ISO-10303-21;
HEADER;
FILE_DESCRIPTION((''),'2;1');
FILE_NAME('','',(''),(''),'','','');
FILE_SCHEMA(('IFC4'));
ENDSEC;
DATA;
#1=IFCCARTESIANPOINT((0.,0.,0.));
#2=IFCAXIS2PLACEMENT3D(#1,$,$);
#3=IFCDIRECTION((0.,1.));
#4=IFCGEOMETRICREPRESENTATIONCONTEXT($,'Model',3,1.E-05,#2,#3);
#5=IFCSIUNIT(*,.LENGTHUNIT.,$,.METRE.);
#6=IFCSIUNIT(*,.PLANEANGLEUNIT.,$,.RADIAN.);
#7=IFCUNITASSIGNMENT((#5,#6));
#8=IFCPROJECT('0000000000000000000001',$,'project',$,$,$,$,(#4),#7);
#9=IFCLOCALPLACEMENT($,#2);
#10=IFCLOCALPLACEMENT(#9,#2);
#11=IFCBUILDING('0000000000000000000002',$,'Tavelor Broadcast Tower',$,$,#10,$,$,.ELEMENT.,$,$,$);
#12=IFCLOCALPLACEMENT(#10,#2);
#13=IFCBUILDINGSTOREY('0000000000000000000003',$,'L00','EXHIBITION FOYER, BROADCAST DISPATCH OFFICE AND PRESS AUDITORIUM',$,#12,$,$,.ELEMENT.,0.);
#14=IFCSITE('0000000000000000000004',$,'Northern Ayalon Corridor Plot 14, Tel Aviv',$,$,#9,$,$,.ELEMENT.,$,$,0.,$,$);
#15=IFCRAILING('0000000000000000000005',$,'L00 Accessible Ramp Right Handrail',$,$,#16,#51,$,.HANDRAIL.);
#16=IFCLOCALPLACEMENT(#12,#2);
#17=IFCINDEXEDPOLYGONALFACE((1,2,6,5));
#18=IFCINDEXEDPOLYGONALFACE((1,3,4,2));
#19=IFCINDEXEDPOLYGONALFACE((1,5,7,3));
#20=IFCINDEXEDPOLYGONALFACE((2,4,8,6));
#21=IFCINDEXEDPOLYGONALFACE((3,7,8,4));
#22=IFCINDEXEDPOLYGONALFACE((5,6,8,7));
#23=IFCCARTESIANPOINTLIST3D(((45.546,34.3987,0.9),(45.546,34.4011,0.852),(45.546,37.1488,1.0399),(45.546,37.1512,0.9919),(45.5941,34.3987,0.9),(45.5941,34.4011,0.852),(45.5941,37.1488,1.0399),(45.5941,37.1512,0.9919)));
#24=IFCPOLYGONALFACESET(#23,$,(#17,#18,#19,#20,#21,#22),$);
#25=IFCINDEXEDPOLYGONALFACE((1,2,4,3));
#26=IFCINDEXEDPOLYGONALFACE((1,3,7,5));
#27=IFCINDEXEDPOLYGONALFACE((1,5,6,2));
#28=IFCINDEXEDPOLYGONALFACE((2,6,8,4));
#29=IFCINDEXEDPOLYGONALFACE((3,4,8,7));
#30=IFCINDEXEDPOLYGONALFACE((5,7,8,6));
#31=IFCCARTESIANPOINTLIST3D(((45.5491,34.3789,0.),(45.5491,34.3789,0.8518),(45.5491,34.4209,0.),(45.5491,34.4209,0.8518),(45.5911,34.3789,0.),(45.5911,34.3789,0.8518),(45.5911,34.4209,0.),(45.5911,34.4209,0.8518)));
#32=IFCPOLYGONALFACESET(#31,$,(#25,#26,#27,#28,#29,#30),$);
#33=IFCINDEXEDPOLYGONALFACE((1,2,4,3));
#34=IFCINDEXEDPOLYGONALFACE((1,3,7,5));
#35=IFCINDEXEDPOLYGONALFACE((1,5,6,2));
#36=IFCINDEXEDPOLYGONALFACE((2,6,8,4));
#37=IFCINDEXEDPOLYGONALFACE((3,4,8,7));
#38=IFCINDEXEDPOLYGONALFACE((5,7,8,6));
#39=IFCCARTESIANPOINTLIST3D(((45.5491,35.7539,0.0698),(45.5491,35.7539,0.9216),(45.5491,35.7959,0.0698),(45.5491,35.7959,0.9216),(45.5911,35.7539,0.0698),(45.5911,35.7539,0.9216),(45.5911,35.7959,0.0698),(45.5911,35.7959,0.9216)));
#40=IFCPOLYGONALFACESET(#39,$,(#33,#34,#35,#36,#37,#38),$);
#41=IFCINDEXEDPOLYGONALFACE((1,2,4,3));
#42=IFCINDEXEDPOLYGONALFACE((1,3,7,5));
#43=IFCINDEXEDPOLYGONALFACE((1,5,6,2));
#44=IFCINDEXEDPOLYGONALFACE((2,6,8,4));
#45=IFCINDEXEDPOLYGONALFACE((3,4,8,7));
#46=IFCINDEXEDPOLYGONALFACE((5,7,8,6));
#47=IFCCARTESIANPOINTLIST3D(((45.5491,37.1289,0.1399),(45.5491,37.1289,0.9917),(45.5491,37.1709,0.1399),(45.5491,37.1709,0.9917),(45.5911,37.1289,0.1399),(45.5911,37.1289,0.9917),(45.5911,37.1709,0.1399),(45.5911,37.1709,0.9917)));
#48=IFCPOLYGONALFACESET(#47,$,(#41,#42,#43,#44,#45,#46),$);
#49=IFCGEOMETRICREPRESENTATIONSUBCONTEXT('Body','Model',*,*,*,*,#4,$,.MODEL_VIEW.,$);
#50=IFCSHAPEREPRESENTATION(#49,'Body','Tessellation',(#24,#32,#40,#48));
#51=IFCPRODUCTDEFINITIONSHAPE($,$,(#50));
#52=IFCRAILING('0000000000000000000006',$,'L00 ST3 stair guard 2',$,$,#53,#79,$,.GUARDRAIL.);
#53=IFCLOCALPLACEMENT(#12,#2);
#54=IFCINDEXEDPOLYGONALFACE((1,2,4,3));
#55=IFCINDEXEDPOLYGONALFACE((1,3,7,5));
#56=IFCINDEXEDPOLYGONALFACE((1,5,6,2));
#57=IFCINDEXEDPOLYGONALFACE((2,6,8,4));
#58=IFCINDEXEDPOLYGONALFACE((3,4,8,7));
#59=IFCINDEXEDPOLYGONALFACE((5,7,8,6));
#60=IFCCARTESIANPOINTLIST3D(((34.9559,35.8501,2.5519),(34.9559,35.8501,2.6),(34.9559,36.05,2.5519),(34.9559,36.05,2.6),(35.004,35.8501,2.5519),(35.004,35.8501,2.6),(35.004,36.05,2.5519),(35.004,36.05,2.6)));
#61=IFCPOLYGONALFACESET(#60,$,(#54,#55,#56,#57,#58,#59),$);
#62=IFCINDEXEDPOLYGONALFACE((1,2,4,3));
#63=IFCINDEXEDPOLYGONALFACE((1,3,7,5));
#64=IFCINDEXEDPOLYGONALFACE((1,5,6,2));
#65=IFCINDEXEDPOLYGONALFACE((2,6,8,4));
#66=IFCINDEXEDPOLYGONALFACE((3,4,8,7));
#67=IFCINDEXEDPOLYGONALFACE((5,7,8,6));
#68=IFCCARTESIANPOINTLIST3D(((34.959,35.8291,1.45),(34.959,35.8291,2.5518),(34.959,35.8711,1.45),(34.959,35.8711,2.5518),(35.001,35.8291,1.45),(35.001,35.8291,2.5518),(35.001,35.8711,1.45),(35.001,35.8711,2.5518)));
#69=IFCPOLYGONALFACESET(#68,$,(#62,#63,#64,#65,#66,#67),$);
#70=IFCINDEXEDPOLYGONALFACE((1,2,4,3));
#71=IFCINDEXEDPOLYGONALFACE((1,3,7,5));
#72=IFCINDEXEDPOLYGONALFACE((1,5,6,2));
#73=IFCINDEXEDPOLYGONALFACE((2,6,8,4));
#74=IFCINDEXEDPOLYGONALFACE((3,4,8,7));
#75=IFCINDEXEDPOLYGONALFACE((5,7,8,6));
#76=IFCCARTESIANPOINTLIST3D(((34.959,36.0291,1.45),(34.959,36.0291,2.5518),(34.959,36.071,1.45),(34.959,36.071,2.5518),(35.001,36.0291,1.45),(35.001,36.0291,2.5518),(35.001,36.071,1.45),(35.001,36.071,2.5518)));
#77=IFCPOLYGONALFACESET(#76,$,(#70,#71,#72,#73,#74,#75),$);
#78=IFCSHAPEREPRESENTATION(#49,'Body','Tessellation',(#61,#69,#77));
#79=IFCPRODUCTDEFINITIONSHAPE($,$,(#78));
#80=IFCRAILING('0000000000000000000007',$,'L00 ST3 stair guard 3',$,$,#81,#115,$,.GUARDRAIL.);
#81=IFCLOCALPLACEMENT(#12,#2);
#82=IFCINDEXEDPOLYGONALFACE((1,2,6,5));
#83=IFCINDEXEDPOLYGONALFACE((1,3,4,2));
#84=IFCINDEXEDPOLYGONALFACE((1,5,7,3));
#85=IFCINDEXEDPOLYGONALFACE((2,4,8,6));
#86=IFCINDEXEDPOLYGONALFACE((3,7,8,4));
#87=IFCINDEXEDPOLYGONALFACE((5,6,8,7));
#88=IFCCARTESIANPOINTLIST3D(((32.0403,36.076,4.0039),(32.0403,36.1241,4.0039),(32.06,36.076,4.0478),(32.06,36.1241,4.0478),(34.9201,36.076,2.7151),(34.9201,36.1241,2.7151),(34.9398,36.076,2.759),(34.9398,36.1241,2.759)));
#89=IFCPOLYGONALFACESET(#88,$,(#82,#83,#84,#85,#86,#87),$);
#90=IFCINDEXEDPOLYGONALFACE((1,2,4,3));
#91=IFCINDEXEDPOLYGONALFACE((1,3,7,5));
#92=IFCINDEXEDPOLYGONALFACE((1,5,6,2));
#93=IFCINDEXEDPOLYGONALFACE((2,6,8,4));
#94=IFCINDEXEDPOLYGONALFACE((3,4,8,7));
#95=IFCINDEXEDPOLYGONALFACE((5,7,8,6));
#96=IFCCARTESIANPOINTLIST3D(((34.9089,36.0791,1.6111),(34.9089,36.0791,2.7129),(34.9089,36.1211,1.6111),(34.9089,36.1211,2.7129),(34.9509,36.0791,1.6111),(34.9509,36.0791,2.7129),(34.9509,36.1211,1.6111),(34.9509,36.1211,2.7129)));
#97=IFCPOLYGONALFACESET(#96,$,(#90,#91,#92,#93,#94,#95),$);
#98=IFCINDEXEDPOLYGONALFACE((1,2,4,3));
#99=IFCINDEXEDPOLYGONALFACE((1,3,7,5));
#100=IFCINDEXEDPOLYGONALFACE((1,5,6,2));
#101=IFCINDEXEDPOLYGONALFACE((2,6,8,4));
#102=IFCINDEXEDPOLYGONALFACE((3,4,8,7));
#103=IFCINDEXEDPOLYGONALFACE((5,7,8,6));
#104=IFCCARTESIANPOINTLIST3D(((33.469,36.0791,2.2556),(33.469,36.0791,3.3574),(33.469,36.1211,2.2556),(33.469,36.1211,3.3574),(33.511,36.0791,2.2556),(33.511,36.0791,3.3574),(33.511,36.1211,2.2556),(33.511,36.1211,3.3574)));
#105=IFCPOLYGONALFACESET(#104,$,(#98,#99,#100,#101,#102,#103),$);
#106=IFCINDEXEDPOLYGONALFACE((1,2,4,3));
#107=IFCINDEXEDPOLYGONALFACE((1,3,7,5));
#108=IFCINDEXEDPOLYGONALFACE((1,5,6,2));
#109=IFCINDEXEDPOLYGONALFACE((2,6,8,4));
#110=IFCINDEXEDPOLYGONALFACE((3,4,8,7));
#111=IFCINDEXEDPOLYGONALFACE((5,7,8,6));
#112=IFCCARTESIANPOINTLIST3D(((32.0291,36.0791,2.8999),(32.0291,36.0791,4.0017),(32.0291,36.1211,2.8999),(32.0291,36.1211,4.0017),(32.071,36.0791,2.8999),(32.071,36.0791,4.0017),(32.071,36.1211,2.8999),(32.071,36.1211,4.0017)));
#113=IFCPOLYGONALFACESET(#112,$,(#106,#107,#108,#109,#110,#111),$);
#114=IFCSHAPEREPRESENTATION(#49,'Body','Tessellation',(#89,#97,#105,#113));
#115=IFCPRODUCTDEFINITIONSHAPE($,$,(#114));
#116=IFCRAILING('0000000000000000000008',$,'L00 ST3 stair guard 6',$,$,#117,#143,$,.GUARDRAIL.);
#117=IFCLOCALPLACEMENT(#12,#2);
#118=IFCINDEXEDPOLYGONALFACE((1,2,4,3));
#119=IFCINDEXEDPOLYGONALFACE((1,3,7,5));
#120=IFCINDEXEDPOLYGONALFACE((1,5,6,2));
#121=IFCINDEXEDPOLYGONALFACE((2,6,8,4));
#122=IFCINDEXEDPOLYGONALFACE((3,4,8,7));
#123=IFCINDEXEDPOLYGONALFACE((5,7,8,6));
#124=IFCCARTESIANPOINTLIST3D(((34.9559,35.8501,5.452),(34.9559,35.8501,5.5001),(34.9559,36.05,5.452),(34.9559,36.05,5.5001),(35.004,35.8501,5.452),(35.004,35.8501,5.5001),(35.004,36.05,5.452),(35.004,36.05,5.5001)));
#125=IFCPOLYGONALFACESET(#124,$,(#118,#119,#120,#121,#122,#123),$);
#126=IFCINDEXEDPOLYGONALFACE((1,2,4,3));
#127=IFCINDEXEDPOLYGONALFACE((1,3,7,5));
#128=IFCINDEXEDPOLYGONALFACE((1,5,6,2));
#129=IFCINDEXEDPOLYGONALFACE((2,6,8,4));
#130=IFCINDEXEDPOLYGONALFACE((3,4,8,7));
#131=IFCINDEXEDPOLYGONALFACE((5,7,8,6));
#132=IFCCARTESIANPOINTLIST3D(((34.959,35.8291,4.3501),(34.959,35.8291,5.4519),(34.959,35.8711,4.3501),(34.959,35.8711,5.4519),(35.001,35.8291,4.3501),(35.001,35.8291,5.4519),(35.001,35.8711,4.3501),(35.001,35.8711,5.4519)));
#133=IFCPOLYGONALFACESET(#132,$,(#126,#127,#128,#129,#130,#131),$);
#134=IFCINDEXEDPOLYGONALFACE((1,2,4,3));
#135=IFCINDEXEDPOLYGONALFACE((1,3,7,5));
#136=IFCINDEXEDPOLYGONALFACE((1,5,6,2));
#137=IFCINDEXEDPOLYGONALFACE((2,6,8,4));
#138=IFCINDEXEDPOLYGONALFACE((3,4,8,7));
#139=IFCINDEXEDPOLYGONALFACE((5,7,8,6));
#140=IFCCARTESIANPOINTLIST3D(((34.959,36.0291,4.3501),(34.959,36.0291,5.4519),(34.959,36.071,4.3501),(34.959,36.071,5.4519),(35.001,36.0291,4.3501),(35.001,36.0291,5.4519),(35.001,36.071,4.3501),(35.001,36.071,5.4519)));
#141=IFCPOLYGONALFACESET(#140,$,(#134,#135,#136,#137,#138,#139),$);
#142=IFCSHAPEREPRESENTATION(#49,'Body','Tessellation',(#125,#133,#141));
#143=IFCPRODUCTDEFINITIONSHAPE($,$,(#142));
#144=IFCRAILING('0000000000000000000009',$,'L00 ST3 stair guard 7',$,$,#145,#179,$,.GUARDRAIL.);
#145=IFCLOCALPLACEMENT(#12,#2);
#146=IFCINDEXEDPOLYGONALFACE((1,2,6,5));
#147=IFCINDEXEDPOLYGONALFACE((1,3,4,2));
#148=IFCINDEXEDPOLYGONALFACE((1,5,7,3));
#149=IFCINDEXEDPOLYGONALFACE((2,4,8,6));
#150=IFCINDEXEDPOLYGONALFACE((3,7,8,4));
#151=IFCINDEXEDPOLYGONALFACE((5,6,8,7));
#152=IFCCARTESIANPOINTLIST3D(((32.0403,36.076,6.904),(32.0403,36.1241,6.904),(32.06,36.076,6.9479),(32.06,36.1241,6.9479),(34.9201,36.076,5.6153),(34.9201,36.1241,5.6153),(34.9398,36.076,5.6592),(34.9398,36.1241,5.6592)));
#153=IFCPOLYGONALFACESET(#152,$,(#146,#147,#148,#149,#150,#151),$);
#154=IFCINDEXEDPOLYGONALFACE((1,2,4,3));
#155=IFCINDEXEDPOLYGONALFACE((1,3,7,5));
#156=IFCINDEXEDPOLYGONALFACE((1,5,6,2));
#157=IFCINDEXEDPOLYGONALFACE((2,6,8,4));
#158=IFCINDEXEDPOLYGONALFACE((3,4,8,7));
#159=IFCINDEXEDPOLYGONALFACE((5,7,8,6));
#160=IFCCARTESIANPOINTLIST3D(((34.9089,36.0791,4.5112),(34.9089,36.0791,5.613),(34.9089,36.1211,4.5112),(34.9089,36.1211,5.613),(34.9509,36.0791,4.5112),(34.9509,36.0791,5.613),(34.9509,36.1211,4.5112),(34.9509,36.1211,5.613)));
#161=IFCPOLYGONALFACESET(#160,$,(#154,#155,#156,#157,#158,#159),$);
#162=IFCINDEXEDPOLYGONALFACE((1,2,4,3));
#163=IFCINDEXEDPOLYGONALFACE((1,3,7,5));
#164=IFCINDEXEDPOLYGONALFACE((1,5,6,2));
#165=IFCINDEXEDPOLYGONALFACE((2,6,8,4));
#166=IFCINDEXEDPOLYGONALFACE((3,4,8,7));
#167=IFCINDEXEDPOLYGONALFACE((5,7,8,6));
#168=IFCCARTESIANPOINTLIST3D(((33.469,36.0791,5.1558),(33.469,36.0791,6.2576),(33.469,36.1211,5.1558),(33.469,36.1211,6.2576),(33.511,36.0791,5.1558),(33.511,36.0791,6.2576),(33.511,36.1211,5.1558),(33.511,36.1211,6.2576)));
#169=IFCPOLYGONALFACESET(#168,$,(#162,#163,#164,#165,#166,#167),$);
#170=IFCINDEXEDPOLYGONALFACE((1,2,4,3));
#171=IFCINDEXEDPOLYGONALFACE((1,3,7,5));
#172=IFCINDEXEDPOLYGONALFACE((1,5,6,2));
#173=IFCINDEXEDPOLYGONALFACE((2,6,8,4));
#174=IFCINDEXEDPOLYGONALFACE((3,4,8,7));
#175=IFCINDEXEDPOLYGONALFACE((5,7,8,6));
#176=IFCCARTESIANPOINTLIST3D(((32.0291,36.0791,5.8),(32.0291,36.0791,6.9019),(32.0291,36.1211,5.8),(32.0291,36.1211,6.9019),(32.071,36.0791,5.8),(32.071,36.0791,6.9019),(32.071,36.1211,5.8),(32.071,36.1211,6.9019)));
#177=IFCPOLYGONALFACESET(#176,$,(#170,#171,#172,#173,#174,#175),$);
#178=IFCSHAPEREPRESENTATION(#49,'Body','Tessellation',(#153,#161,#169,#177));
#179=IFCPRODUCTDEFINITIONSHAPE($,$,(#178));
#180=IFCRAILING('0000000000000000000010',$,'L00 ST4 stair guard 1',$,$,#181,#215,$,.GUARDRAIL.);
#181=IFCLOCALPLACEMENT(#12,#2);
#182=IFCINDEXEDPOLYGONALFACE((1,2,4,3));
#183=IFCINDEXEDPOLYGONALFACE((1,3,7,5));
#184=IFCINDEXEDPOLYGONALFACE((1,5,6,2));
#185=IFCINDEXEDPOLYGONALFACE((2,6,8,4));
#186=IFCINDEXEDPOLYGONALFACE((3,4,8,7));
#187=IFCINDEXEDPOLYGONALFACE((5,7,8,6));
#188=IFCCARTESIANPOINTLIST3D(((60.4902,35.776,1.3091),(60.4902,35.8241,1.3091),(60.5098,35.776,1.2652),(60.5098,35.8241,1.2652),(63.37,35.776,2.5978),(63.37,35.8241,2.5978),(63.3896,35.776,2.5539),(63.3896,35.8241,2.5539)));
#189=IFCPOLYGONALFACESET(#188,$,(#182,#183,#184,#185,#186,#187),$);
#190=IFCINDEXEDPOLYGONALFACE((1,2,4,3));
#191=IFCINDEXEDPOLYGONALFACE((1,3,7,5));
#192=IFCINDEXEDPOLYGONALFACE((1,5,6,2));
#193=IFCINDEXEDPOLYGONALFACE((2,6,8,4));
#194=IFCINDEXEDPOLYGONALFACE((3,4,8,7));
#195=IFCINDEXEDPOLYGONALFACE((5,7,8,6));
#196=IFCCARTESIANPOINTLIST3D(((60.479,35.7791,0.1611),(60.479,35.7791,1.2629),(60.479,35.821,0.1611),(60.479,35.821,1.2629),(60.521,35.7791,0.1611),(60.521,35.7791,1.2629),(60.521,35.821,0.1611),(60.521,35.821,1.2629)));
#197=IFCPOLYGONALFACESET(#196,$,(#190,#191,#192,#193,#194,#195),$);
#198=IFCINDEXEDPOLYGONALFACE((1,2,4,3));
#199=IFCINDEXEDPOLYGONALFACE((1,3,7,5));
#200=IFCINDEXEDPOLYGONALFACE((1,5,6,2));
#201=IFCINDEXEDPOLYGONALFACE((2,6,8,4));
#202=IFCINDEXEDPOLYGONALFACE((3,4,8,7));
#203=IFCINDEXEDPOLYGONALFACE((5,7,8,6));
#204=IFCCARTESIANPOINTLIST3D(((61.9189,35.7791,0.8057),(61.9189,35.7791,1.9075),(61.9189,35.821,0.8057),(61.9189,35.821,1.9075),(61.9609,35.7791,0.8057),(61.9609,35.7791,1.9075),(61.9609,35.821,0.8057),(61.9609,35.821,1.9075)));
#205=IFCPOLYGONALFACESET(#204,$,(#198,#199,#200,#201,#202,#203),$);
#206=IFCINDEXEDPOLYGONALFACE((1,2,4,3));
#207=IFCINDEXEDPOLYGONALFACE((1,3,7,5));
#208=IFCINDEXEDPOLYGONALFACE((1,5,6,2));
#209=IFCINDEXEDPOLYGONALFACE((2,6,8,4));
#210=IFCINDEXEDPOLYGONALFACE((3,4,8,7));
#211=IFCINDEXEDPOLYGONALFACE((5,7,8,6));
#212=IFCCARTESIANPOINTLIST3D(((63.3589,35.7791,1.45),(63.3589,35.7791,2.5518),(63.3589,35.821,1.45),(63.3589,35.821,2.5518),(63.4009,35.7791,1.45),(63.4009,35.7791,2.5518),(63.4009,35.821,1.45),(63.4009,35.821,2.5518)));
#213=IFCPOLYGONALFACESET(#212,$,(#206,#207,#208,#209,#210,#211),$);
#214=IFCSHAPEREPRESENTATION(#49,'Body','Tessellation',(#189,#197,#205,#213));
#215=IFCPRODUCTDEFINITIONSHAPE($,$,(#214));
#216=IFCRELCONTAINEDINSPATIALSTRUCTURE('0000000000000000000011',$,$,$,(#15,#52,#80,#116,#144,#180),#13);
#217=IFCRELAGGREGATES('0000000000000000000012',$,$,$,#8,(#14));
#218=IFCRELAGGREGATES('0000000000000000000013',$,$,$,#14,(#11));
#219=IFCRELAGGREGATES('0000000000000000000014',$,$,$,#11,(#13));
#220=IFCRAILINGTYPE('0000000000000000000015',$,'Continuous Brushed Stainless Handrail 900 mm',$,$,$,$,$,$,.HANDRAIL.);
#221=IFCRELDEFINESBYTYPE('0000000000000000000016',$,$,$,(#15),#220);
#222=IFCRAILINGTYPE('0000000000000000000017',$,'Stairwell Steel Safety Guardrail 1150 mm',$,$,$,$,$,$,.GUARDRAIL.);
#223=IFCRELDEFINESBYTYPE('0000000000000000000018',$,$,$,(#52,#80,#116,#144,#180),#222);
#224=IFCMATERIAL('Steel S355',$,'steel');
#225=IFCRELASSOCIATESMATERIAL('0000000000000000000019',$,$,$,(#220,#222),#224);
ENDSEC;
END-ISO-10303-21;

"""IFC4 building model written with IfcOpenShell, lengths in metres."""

from ifc_helpers import new_model, si_unit, direction, frame, origin, origin_2d, place, context, subcontext, project, spatial, rectangle, extrude, material, type_object, element, save


model = new_model("IFC4")

# Units and contexts
model_context = context("Model", 3, precision=1e-05, world=origin(), true_north=direction((0.0, 1.0)))
body_context = subcontext(model_context, "Body", "Model", "MODEL_VIEW")
ifc_project = project(units=[si_unit("LENGTHUNIT", "METRE"), si_unit("PLANEANGLEUNIT", "RADIAN")], contexts=[model_context])

# Site, building, storey
site_placement = place(None, origin())
site = spatial("IfcSite", under=ifc_project, at=site_placement, Name="Northern Ayalon Corridor Plot 14, Tel Aviv", CompositionType="ELEMENT", RefElevation=0.0)
building_placement = place(site_placement, origin())
building = spatial("IfcBuilding", under=site, at=building_placement, Name="Tavelor Broadcast Tower", CompositionType="ELEMENT")
storey_placement = place(building_placement, origin())
storey = spatial("IfcBuildingStorey", under=building, at=storey_placement, Name="L00", Description="EXHIBITION FOYER, BROADCAST DISPATCH OFFICE AND PRESS AUDITORIUM", CompositionType="ELEMENT", Elevation=0.0)

# Shared definitions
ifc_material_1 = material(Name="Steel S355", Category="steel")

# Railings
railing_type_1 = type_object("IfcRailingType", Name="Continuous Brushed Stainless Handrail 900 mm", PredefinedType="HANDRAIL", material=ifc_material_1)
for number, where, name in (
    (1, (45.5701, 34.3999, 0.0), "L00 Accessible Ramp Right Handrail"),
):
    element("IfcRailing", number, at=place(storey_placement, frame(where)), inside=storey, type_object=railing_type_1, Name=name, PredefinedType="HANDRAIL", context=body_context, shape_type="SweptSolid", body=[
        extrude(rectangle(XDim=0.0481, YDim=0.0481, at=origin_2d()), frame((0.0, 0.0, 0.876), z_axis=(0.0, 0.998709, 0.050804), x_axis=(-1.0, 0.0, 0.0)), (0.0, 0.0, 1.0), 2.7537),
        extrude(rectangle(XDim=0.042, YDim=0.042, at=origin_2d()), origin(), (0.0, 0.0, 1.0), 0.8518),
        extrude(rectangle(XDim=0.042, YDim=0.042, at=origin_2d()), frame((0.0, 1.375, 0.0698)), (0.0, 0.0, 1.0), 0.8518),
        extrude(rectangle(XDim=0.042, YDim=0.042, at=origin_2d()), frame((0.0, 2.75, 0.1399)), (0.0, 0.0, 1.0), 0.8518),
    ])
railing_type_2 = type_object("IfcRailingType", Name="Stairwell Steel Safety Guardrail 1150 mm", PredefinedType="GUARDRAIL", material=ifc_material_1)
railing_1_placement = place(storey_placement, frame((34.98, 35.8501, 1.45)))
element("IfcRailing", 2, at=railing_1_placement, inside=storey, type_object=railing_type_2, Name="L00 ST3 stair guard 2", PredefinedType="GUARDRAIL", context=body_context, shape_type="SweptSolid", body=[
    extrude(rectangle(XDim=0.0481, YDim=0.0481, at=origin_2d()), frame((0.0, 0.0, 1.126), z_axis=(0.0, 1.0, 0.0), x_axis=(-1.0, 0.0, 0.0)), (0.0, 0.0, 1.0), 0.2),
    extrude(rectangle(XDim=0.042, YDim=0.042, at=origin_2d()), origin(), (0.0, 0.0, 1.0), 1.1018),
    extrude(rectangle(XDim=0.042, YDim=0.042, at=origin_2d()), frame((0.0, 0.2, 0.0)), (0.0, 0.0, 1.0), 1.1018),
])
railing_2_placement = place(storey_placement, frame((34.9299, 36.1001, 1.6111)))
element("IfcRailing", 3, at=railing_2_placement, inside=storey, type_object=railing_type_2, Name="L00 ST3 stair guard 3", PredefinedType="GUARDRAIL", context=body_context, shape_type="SweptSolid", body=[
    extrude(rectangle(XDim=0.0481, YDim=0.0481, at=origin_2d()), frame((0.0, 0.0, 1.126), z_axis=(-0.912765, 0.0, 0.408485), x_axis=(0.0, -1.0, 0.0)), (0.0, 0.0, 1.0), 3.155),
    extrude(rectangle(XDim=0.042, YDim=0.042, at=origin_2d()), origin(), (0.0, 0.0, 1.0), 1.1018),
    extrude(rectangle(XDim=0.042, YDim=0.042, at=origin_2d()), frame((-1.4399, 0.0, 0.6445)), (0.0, 0.0, 1.0), 1.1018),
    extrude(rectangle(XDim=0.042, YDim=0.042, at=origin_2d()), frame((-2.8799, 0.0, 1.2888)), (0.0, 0.0, 1.0), 1.1018),
])
railing_3_placement = place(storey_placement, frame((34.98, 35.8501, 4.3501)))
element("IfcRailing", 4, at=railing_3_placement, inside=storey, type_object=railing_type_2, Name="L00 ST3 stair guard 6", PredefinedType="GUARDRAIL", context=body_context, shape_type="SweptSolid", body=[
    extrude(rectangle(XDim=0.0481, YDim=0.0481, at=origin_2d()), frame((0.0, 0.0, 1.126), z_axis=(0.0, 1.0, 0.0), x_axis=(-1.0, 0.0, 0.0)), (0.0, 0.0, 1.0), 0.2),
    extrude(rectangle(XDim=0.042, YDim=0.042, at=origin_2d()), origin(), (0.0, 0.0, 1.0), 1.1018),
    extrude(rectangle(XDim=0.042, YDim=0.042, at=origin_2d()), frame((0.0, 0.2, 0.0)), (0.0, 0.0, 1.0), 1.1018),
])
railing_4_placement = place(storey_placement, frame((34.9299, 36.1001, 4.5112)))
element("IfcRailing", 5, at=railing_4_placement, inside=storey, type_object=railing_type_2, Name="L00 ST3 stair guard 7", PredefinedType="GUARDRAIL", context=body_context, shape_type="SweptSolid", body=[
    extrude(rectangle(XDim=0.0481, YDim=0.0481, at=origin_2d()), frame((0.0, 0.0, 1.126), z_axis=(-0.912765, 0.0, 0.408485), x_axis=(0.0, -1.0, 0.0)), (0.0, 0.0, 1.0), 3.155),
    extrude(rectangle(XDim=0.042, YDim=0.042, at=origin_2d()), origin(), (0.0, 0.0, 1.0), 1.1018),
    extrude(rectangle(XDim=0.042, YDim=0.042, at=origin_2d()), frame((-1.4399, 0.0, 0.6445)), (0.0, 0.0, 1.0), 1.1018),
    extrude(rectangle(XDim=0.042, YDim=0.042, at=origin_2d()), frame((-2.8799, 0.0, 1.2888)), (0.0, 0.0, 1.0), 1.1018),
])
railing_5_placement = place(storey_placement, frame((60.5, 35.8, 0.1611)))
element("IfcRailing", 6, at=railing_5_placement, inside=storey, type_object=railing_type_2, Name="L00 ST4 stair guard 1", PredefinedType="GUARDRAIL", context=body_context, shape_type="SweptSolid", body=[
    extrude(rectangle(XDim=0.0481, YDim=0.0481, at=origin_2d()), frame((0.0, 0.0, 1.126), z_axis=(0.912765, 0.0, 0.408485), x_axis=(0.0, 1.0, 0.0)), (0.0, 0.0, 1.0), 3.155),
    extrude(rectangle(XDim=0.042, YDim=0.042, at=origin_2d()), origin(), (0.0, 0.0, 1.0), 1.1018),
    extrude(rectangle(XDim=0.042, YDim=0.042, at=origin_2d()), frame((1.4399, 0.0, 0.6445)), (0.0, 0.0, 1.0), 1.1018),
    extrude(rectangle(XDim=0.042, YDim=0.042, at=origin_2d()), frame((2.8799, 0.0, 1.2888)), (0.0, 0.0, 1.0), 1.1018),
])

save(model, "model.ifc")
